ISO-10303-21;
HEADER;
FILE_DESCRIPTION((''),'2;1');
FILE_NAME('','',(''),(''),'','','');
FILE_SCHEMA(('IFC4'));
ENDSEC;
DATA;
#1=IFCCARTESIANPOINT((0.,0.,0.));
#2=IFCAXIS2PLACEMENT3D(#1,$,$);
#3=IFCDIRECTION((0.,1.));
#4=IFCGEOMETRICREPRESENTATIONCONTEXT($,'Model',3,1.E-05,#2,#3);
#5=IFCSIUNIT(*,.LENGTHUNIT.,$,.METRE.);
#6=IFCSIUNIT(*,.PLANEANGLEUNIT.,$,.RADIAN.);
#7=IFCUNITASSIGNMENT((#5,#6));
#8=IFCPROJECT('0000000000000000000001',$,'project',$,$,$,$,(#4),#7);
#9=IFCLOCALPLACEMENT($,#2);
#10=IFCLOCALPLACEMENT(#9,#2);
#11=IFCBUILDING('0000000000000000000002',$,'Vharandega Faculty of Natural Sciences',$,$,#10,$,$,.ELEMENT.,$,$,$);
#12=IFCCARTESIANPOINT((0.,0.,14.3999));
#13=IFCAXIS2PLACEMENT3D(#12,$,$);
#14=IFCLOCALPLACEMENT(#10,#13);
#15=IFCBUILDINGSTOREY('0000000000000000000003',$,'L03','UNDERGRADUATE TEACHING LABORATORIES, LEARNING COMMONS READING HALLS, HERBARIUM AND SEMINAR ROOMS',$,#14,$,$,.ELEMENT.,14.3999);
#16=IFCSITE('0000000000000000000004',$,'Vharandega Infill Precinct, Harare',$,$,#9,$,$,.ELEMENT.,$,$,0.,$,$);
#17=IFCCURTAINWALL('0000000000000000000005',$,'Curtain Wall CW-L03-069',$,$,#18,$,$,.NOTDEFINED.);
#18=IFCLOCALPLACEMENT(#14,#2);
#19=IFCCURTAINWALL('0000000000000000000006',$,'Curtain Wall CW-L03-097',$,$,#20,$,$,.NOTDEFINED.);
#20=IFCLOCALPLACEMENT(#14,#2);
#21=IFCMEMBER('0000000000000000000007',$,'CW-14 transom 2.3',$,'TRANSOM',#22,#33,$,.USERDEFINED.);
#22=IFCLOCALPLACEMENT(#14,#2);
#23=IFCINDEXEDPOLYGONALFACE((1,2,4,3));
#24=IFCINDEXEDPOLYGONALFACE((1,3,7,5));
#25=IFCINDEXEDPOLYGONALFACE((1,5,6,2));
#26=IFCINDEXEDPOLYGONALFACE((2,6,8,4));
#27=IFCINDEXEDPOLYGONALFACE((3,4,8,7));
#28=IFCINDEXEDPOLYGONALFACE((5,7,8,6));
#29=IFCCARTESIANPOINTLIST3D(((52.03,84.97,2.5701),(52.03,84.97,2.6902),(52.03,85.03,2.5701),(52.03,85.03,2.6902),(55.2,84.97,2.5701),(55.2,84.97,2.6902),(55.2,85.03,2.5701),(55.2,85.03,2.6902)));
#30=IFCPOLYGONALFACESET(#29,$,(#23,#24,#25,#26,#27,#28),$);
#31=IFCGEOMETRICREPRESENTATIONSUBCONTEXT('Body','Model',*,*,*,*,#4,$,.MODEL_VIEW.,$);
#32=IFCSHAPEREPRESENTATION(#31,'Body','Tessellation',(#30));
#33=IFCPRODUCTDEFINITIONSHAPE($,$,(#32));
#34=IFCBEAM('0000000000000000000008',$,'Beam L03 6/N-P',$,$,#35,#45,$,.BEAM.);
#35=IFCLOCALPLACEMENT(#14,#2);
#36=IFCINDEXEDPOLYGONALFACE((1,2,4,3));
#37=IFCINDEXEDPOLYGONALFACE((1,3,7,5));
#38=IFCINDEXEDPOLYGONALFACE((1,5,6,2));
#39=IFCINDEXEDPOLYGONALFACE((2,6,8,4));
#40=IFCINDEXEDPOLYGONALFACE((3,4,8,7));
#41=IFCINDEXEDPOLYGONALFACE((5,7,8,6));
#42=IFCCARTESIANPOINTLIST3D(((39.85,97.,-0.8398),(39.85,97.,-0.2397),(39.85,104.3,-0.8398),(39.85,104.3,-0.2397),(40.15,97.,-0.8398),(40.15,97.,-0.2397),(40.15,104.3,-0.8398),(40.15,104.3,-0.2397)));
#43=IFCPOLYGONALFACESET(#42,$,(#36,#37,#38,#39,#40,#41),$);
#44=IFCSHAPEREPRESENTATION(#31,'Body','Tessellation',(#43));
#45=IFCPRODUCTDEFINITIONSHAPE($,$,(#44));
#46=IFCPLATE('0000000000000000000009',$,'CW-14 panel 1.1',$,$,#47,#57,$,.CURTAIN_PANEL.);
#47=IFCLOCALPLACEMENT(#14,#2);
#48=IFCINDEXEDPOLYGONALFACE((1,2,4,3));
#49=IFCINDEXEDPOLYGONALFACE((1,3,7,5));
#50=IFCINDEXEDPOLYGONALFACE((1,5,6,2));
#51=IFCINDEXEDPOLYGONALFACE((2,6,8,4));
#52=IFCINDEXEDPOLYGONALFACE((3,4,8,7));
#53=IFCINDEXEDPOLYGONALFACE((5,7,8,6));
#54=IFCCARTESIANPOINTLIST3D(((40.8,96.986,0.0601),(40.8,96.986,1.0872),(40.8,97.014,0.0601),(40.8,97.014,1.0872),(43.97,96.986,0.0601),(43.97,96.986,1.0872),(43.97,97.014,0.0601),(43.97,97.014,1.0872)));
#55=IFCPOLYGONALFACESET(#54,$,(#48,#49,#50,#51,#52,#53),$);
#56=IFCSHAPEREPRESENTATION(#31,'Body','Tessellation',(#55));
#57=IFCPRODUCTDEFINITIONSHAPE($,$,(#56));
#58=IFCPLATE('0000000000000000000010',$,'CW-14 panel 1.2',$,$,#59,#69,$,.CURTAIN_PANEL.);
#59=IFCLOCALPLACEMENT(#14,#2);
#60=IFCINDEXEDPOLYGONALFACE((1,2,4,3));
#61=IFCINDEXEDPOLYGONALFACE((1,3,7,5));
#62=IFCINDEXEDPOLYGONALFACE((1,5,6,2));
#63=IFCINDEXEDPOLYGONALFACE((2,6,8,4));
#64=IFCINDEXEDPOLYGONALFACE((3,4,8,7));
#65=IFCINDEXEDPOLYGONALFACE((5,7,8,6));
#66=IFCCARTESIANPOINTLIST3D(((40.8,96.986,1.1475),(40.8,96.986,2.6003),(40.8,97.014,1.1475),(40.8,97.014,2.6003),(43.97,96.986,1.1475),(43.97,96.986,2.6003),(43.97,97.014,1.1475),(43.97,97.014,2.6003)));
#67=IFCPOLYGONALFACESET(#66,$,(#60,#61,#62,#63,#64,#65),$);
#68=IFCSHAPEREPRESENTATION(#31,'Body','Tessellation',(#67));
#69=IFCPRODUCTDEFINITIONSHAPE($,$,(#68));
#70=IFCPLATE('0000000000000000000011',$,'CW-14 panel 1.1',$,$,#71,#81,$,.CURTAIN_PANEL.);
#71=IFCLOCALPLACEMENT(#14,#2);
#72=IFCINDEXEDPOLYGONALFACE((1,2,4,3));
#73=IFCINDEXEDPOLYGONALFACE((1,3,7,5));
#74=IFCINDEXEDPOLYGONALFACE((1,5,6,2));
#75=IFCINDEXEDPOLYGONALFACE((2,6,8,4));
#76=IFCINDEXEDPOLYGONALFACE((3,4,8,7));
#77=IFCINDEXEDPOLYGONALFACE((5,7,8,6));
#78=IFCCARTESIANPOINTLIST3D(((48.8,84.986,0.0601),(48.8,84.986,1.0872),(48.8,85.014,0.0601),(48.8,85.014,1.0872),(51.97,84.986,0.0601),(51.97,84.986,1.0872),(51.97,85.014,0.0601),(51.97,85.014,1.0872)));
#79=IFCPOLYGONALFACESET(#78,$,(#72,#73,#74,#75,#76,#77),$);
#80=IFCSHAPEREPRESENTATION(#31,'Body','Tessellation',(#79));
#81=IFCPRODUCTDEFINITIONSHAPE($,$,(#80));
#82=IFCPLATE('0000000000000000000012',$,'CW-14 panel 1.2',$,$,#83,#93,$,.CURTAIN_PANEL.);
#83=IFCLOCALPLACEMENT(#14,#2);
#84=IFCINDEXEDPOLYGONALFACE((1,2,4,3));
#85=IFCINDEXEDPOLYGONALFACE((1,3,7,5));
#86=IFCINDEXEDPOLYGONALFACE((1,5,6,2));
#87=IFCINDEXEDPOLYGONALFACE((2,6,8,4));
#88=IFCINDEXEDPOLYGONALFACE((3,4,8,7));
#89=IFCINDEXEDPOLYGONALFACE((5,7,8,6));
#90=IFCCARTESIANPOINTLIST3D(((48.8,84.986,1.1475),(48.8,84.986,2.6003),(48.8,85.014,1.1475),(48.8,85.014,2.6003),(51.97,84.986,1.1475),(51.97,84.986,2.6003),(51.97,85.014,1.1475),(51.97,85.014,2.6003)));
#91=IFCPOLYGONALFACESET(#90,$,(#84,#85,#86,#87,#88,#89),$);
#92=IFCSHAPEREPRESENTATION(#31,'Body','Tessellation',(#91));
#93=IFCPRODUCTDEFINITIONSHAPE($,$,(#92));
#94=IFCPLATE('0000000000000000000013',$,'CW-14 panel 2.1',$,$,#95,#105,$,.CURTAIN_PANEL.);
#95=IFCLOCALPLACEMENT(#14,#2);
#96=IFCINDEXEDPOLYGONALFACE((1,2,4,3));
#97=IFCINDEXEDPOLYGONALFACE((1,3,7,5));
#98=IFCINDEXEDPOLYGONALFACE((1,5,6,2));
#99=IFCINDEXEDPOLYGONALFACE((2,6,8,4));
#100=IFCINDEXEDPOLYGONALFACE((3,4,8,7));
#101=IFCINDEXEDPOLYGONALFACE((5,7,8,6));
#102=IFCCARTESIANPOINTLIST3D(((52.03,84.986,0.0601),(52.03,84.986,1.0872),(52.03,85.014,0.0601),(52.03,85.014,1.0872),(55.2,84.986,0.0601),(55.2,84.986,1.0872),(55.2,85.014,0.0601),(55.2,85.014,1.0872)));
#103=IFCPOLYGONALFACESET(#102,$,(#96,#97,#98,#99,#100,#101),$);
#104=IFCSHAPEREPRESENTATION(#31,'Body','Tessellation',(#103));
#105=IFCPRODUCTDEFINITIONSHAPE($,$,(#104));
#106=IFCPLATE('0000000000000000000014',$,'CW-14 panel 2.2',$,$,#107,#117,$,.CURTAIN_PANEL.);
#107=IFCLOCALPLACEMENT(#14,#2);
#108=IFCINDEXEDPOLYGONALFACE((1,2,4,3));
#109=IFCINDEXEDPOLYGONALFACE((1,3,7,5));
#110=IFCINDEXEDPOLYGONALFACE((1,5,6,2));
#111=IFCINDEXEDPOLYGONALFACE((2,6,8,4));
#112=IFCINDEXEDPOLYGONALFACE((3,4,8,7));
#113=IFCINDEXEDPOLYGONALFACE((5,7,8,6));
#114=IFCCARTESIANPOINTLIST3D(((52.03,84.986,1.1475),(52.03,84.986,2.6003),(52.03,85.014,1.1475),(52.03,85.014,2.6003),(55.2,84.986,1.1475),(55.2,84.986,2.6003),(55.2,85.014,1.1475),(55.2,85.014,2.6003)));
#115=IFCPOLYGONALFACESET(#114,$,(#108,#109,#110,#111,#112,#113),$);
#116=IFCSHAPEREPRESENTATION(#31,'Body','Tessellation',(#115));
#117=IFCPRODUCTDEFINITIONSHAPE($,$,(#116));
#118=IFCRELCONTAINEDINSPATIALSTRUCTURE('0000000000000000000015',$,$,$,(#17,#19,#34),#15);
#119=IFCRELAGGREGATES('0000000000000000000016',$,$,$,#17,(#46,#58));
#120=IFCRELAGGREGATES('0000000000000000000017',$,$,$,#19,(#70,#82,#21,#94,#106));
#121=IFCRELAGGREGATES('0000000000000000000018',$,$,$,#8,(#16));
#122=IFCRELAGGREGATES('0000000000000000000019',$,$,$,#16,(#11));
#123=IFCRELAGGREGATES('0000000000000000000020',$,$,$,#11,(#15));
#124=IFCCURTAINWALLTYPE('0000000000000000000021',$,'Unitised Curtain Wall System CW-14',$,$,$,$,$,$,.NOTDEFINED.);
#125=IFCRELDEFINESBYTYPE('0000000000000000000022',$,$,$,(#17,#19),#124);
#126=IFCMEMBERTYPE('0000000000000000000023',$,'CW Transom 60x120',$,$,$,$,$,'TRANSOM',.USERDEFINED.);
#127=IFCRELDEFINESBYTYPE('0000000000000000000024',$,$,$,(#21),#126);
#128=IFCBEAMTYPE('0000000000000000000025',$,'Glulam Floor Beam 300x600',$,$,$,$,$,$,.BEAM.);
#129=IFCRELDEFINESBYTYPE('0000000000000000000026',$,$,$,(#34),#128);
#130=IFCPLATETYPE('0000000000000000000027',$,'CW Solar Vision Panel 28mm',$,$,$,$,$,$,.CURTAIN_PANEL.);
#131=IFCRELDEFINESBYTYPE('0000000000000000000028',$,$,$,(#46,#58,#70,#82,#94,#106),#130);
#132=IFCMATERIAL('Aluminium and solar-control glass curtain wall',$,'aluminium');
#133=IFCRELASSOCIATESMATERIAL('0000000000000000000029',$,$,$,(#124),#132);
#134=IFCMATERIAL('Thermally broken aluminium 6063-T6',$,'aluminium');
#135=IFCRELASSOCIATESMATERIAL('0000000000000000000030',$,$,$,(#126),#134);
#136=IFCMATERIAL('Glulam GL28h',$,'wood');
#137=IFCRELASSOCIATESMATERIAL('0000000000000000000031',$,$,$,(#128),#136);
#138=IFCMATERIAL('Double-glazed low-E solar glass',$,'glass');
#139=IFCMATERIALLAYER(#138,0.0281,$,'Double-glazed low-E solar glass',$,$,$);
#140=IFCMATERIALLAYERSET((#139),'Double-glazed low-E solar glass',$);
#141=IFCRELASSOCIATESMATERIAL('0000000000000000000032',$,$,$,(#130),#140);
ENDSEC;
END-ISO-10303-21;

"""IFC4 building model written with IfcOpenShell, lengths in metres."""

from ifc_helpers import new_model, si_unit, direction, frame, origin, origin_2d, place, context, subcontext, project, spatial, rectangle, extrude, material, layer, layer_set, material_profile, profile_set, type_object, element, aggregate, save


model = new_model("IFC4")

# Units and contexts
model_context = context("Model", 3, precision=1e-05, world=origin(), true_north=direction((0.0, 1.0)))
body_context = subcontext(model_context, "Body", "Model", "MODEL_VIEW")
ifc_project = project(units=[si_unit("LENGTHUNIT", "METRE"), si_unit("PLANEANGLEUNIT", "RADIAN")], contexts=[model_context])

# Site, building, storey
site_placement = place(None, origin())
site = spatial("IfcSite", under=ifc_project, at=site_placement, Name="Vharandega Infill Precinct, Harare", CompositionType="ELEMENT", RefElevation=0.0)
building_placement = place(site_placement, origin())
building = spatial("IfcBuilding", under=site, at=building_placement, Name="Vharandega Faculty of Natural Sciences", CompositionType="ELEMENT")
storey_placement = place(building_placement, frame((0.0, 0.0, 14.3999)))
storey = spatial("IfcBuildingStorey", under=building, at=storey_placement, Name="L03", Description="UNDERGRADUATE TEACHING LABORATORIES, LEARNING COMMONS READING HALLS, HERBARIUM AND SEMINAR ROOMS", CompositionType="ELEMENT", Elevation=14.3999)

# Curtain walls
ifc_material_1 = material(Name="Aluminium and solar-control glass curtain wall", Category="aluminium")
curtain_wall_type = type_object("IfcCurtainWallType", Name="Unitised Curtain Wall System CW-14", PredefinedType="NOTDEFINED", material=ifc_material_1)
curtain_wall_1_placement = place(storey_placement, origin())
curtain_wall_1 = element("IfcCurtainWall", 1, at=curtain_wall_1_placement, inside=storey, type_object=curtain_wall_type, Name="Curtain Wall CW-L03-069", PredefinedType="NOTDEFINED")
curtain_wall_2_placement = place(storey_placement, origin())
curtain_wall_2 = element("IfcCurtainWall", 2, at=curtain_wall_2_placement, inside=storey, type_object=curtain_wall_type, Name="Curtain Wall CW-L03-097", PredefinedType="NOTDEFINED")

# Member
ifc_material_2 = material(Name="Thermally broken aluminium 6063-T6", Category="aluminium")
ifc_material_profile_1 = material_profile(ifc_material_2, rectangle(XDim=0.0601, YDim=0.1201, at=origin_2d()), Name="ALU 60x120")
ifc_profile_set_1 = profile_set([ifc_material_profile_1], Name="Thermally broken aluminium 6063-T6")
member_type_1 = type_object("IfcMemberType", Name="CW Transom 60x120", ElementType="TRANSOM", PredefinedType="USERDEFINED", material=ifc_profile_set_1)
member_1_placement = place(storey_placement, frame((52.03, 85.0, 2.6301), z_axis=(1.0, 0.0, 0.0), x_axis=(0.0, 1.0, 0.0)))
member_1 = element("IfcMember", 3, at=member_1_placement, type_object=member_type_1, Name="CW-14 transom 2.3", ObjectType="TRANSOM", PredefinedType="USERDEFINED", context=body_context, shape_type="SweptSolid", body=[
    extrude(rectangle(XDim=0.0601, YDim=0.1201, at=origin_2d()), origin(), (0.0, 0.0, 1.0), 3.1699),
])

# Beam
ifc_material_3 = material(Name="Glulam GL28h", Category="wood")
ifc_material_profile_2 = material_profile(ifc_material_3, rectangle(XDim=0.3, YDim=0.6001, at=origin_2d()), Name="GL28h 300x600")
ifc_profile_set_2 = profile_set([ifc_material_profile_2], Name="Glulam GL28h")
beam_type = type_object("IfcBeamType", Name="Glulam Floor Beam 300x600", PredefinedType="BEAM", material=ifc_profile_set_2)
beam_placement = place(storey_placement, frame((40.0, 97.0, -0.5398), z_axis=(0.0, 1.0, 0.0), x_axis=(-1.0, 0.0, 0.0)))
element("IfcBeam", 4, at=beam_placement, inside=storey, type_object=beam_type, Name="Beam L03 6/N-P", PredefinedType="BEAM", context=body_context, shape_type="SweptSolid", body=[
    extrude(rectangle(XDim=0.3, YDim=0.6001, at=origin_2d()), origin(), (0.0, 0.0, 1.0), 7.3),
])

# Plates
ifc_material_4 = material(Name="Double-glazed low-E solar glass", Category="glass")
ifc_layer = layer(ifc_material_4, 0.0281, Name="Double-glazed low-E solar glass")
ifc_layer_set = layer_set([ifc_layer], Name="Double-glazed low-E solar glass")
plate_type = type_object("IfcPlateType", Name="CW Solar Vision Panel 28mm", PredefinedType="CURTAIN_PANEL", material=ifc_layer_set)
plate_1_placement = place(storey_placement, frame((42.385, 97.0, 0.0601), z_axis=(0.0, 0.0, 1.0), x_axis=(1.0, 0.0, 0.0)))
plate_1 = element("IfcPlate", 5, at=plate_1_placement, type_object=plate_type, Name="CW-14 panel 1.1", PredefinedType="CURTAIN_PANEL", context=body_context, shape_type="SweptSolid", body=[
    extrude(rectangle(XDim=3.1699, YDim=0.0281, at=origin_2d()), origin(), (0.0, 0.0, 1.0), 1.0271),
])
plate_2_placement = place(storey_placement, frame((42.385, 97.0, 1.1475), z_axis=(0.0, 0.0, 1.0), x_axis=(1.0, 0.0, 0.0)))
plate_2 = element("IfcPlate", 6, at=plate_2_placement, type_object=plate_type, Name="CW-14 panel 1.2", PredefinedType="CURTAIN_PANEL", context=body_context, shape_type="SweptSolid", body=[
    extrude(rectangle(XDim=3.1699, YDim=0.0281, at=origin_2d()), origin(), (0.0, 0.0, 1.0), 1.4529),
])
aggregate(curtain_wall_1, [plate_1, plate_2])
plate_3_placement = place(storey_placement, frame((50.385, 85.0, 0.0601), z_axis=(0.0, 0.0, 1.0), x_axis=(1.0, 0.0, 0.0)))
plate_3 = element("IfcPlate", 7, at=plate_3_placement, type_object=plate_type, Name="CW-14 panel 1.1", PredefinedType="CURTAIN_PANEL", context=body_context, shape_type="SweptSolid", body=[
    extrude(rectangle(XDim=3.1699, YDim=0.0281, at=origin_2d()), origin(), (0.0, 0.0, 1.0), 1.0271),
])
plate_4_placement = place(storey_placement, frame((50.385, 85.0, 1.1475), z_axis=(0.0, 0.0, 1.0), x_axis=(1.0, 0.0, 0.0)))
plate_4 = element("IfcPlate", 8, at=plate_4_placement, type_object=plate_type, Name="CW-14 panel 1.2", PredefinedType="CURTAIN_PANEL", context=body_context, shape_type="SweptSolid", body=[
    extrude(rectangle(XDim=3.1699, YDim=0.0281, at=origin_2d()), origin(), (0.0, 0.0, 1.0), 1.4529),
])
plate_5_placement = place(storey_placement, frame((53.615, 85.0, 0.0601), z_axis=(0.0, 0.0, 1.0), x_axis=(1.0, 0.0, 0.0)))
plate_5 = element("IfcPlate", 9, at=plate_5_placement, type_object=plate_type, Name="CW-14 panel 2.1", PredefinedType="CURTAIN_PANEL", context=body_context, shape_type="SweptSolid", body=[
    extrude(rectangle(XDim=3.1699, YDim=0.0281, at=origin_2d()), origin(), (0.0, 0.0, 1.0), 1.0271),
])
plate_6_placement = place(storey_placement, frame((53.615, 85.0, 1.1475), z_axis=(0.0, 0.0, 1.0), x_axis=(1.0, 0.0, 0.0)))
plate_6 = element("IfcPlate", 10, at=plate_6_placement, type_object=plate_type, Name="CW-14 panel 2.2", PredefinedType="CURTAIN_PANEL", context=body_context, shape_type="SweptSolid", body=[
    extrude(rectangle(XDim=3.1699, YDim=0.0281, at=origin_2d()), origin(), (0.0, 0.0, 1.0), 1.4529),
])
aggregate(curtain_wall_2, [plate_3, plate_4, member_1, plate_5, plate_6])

save(model, "model.ifc")
